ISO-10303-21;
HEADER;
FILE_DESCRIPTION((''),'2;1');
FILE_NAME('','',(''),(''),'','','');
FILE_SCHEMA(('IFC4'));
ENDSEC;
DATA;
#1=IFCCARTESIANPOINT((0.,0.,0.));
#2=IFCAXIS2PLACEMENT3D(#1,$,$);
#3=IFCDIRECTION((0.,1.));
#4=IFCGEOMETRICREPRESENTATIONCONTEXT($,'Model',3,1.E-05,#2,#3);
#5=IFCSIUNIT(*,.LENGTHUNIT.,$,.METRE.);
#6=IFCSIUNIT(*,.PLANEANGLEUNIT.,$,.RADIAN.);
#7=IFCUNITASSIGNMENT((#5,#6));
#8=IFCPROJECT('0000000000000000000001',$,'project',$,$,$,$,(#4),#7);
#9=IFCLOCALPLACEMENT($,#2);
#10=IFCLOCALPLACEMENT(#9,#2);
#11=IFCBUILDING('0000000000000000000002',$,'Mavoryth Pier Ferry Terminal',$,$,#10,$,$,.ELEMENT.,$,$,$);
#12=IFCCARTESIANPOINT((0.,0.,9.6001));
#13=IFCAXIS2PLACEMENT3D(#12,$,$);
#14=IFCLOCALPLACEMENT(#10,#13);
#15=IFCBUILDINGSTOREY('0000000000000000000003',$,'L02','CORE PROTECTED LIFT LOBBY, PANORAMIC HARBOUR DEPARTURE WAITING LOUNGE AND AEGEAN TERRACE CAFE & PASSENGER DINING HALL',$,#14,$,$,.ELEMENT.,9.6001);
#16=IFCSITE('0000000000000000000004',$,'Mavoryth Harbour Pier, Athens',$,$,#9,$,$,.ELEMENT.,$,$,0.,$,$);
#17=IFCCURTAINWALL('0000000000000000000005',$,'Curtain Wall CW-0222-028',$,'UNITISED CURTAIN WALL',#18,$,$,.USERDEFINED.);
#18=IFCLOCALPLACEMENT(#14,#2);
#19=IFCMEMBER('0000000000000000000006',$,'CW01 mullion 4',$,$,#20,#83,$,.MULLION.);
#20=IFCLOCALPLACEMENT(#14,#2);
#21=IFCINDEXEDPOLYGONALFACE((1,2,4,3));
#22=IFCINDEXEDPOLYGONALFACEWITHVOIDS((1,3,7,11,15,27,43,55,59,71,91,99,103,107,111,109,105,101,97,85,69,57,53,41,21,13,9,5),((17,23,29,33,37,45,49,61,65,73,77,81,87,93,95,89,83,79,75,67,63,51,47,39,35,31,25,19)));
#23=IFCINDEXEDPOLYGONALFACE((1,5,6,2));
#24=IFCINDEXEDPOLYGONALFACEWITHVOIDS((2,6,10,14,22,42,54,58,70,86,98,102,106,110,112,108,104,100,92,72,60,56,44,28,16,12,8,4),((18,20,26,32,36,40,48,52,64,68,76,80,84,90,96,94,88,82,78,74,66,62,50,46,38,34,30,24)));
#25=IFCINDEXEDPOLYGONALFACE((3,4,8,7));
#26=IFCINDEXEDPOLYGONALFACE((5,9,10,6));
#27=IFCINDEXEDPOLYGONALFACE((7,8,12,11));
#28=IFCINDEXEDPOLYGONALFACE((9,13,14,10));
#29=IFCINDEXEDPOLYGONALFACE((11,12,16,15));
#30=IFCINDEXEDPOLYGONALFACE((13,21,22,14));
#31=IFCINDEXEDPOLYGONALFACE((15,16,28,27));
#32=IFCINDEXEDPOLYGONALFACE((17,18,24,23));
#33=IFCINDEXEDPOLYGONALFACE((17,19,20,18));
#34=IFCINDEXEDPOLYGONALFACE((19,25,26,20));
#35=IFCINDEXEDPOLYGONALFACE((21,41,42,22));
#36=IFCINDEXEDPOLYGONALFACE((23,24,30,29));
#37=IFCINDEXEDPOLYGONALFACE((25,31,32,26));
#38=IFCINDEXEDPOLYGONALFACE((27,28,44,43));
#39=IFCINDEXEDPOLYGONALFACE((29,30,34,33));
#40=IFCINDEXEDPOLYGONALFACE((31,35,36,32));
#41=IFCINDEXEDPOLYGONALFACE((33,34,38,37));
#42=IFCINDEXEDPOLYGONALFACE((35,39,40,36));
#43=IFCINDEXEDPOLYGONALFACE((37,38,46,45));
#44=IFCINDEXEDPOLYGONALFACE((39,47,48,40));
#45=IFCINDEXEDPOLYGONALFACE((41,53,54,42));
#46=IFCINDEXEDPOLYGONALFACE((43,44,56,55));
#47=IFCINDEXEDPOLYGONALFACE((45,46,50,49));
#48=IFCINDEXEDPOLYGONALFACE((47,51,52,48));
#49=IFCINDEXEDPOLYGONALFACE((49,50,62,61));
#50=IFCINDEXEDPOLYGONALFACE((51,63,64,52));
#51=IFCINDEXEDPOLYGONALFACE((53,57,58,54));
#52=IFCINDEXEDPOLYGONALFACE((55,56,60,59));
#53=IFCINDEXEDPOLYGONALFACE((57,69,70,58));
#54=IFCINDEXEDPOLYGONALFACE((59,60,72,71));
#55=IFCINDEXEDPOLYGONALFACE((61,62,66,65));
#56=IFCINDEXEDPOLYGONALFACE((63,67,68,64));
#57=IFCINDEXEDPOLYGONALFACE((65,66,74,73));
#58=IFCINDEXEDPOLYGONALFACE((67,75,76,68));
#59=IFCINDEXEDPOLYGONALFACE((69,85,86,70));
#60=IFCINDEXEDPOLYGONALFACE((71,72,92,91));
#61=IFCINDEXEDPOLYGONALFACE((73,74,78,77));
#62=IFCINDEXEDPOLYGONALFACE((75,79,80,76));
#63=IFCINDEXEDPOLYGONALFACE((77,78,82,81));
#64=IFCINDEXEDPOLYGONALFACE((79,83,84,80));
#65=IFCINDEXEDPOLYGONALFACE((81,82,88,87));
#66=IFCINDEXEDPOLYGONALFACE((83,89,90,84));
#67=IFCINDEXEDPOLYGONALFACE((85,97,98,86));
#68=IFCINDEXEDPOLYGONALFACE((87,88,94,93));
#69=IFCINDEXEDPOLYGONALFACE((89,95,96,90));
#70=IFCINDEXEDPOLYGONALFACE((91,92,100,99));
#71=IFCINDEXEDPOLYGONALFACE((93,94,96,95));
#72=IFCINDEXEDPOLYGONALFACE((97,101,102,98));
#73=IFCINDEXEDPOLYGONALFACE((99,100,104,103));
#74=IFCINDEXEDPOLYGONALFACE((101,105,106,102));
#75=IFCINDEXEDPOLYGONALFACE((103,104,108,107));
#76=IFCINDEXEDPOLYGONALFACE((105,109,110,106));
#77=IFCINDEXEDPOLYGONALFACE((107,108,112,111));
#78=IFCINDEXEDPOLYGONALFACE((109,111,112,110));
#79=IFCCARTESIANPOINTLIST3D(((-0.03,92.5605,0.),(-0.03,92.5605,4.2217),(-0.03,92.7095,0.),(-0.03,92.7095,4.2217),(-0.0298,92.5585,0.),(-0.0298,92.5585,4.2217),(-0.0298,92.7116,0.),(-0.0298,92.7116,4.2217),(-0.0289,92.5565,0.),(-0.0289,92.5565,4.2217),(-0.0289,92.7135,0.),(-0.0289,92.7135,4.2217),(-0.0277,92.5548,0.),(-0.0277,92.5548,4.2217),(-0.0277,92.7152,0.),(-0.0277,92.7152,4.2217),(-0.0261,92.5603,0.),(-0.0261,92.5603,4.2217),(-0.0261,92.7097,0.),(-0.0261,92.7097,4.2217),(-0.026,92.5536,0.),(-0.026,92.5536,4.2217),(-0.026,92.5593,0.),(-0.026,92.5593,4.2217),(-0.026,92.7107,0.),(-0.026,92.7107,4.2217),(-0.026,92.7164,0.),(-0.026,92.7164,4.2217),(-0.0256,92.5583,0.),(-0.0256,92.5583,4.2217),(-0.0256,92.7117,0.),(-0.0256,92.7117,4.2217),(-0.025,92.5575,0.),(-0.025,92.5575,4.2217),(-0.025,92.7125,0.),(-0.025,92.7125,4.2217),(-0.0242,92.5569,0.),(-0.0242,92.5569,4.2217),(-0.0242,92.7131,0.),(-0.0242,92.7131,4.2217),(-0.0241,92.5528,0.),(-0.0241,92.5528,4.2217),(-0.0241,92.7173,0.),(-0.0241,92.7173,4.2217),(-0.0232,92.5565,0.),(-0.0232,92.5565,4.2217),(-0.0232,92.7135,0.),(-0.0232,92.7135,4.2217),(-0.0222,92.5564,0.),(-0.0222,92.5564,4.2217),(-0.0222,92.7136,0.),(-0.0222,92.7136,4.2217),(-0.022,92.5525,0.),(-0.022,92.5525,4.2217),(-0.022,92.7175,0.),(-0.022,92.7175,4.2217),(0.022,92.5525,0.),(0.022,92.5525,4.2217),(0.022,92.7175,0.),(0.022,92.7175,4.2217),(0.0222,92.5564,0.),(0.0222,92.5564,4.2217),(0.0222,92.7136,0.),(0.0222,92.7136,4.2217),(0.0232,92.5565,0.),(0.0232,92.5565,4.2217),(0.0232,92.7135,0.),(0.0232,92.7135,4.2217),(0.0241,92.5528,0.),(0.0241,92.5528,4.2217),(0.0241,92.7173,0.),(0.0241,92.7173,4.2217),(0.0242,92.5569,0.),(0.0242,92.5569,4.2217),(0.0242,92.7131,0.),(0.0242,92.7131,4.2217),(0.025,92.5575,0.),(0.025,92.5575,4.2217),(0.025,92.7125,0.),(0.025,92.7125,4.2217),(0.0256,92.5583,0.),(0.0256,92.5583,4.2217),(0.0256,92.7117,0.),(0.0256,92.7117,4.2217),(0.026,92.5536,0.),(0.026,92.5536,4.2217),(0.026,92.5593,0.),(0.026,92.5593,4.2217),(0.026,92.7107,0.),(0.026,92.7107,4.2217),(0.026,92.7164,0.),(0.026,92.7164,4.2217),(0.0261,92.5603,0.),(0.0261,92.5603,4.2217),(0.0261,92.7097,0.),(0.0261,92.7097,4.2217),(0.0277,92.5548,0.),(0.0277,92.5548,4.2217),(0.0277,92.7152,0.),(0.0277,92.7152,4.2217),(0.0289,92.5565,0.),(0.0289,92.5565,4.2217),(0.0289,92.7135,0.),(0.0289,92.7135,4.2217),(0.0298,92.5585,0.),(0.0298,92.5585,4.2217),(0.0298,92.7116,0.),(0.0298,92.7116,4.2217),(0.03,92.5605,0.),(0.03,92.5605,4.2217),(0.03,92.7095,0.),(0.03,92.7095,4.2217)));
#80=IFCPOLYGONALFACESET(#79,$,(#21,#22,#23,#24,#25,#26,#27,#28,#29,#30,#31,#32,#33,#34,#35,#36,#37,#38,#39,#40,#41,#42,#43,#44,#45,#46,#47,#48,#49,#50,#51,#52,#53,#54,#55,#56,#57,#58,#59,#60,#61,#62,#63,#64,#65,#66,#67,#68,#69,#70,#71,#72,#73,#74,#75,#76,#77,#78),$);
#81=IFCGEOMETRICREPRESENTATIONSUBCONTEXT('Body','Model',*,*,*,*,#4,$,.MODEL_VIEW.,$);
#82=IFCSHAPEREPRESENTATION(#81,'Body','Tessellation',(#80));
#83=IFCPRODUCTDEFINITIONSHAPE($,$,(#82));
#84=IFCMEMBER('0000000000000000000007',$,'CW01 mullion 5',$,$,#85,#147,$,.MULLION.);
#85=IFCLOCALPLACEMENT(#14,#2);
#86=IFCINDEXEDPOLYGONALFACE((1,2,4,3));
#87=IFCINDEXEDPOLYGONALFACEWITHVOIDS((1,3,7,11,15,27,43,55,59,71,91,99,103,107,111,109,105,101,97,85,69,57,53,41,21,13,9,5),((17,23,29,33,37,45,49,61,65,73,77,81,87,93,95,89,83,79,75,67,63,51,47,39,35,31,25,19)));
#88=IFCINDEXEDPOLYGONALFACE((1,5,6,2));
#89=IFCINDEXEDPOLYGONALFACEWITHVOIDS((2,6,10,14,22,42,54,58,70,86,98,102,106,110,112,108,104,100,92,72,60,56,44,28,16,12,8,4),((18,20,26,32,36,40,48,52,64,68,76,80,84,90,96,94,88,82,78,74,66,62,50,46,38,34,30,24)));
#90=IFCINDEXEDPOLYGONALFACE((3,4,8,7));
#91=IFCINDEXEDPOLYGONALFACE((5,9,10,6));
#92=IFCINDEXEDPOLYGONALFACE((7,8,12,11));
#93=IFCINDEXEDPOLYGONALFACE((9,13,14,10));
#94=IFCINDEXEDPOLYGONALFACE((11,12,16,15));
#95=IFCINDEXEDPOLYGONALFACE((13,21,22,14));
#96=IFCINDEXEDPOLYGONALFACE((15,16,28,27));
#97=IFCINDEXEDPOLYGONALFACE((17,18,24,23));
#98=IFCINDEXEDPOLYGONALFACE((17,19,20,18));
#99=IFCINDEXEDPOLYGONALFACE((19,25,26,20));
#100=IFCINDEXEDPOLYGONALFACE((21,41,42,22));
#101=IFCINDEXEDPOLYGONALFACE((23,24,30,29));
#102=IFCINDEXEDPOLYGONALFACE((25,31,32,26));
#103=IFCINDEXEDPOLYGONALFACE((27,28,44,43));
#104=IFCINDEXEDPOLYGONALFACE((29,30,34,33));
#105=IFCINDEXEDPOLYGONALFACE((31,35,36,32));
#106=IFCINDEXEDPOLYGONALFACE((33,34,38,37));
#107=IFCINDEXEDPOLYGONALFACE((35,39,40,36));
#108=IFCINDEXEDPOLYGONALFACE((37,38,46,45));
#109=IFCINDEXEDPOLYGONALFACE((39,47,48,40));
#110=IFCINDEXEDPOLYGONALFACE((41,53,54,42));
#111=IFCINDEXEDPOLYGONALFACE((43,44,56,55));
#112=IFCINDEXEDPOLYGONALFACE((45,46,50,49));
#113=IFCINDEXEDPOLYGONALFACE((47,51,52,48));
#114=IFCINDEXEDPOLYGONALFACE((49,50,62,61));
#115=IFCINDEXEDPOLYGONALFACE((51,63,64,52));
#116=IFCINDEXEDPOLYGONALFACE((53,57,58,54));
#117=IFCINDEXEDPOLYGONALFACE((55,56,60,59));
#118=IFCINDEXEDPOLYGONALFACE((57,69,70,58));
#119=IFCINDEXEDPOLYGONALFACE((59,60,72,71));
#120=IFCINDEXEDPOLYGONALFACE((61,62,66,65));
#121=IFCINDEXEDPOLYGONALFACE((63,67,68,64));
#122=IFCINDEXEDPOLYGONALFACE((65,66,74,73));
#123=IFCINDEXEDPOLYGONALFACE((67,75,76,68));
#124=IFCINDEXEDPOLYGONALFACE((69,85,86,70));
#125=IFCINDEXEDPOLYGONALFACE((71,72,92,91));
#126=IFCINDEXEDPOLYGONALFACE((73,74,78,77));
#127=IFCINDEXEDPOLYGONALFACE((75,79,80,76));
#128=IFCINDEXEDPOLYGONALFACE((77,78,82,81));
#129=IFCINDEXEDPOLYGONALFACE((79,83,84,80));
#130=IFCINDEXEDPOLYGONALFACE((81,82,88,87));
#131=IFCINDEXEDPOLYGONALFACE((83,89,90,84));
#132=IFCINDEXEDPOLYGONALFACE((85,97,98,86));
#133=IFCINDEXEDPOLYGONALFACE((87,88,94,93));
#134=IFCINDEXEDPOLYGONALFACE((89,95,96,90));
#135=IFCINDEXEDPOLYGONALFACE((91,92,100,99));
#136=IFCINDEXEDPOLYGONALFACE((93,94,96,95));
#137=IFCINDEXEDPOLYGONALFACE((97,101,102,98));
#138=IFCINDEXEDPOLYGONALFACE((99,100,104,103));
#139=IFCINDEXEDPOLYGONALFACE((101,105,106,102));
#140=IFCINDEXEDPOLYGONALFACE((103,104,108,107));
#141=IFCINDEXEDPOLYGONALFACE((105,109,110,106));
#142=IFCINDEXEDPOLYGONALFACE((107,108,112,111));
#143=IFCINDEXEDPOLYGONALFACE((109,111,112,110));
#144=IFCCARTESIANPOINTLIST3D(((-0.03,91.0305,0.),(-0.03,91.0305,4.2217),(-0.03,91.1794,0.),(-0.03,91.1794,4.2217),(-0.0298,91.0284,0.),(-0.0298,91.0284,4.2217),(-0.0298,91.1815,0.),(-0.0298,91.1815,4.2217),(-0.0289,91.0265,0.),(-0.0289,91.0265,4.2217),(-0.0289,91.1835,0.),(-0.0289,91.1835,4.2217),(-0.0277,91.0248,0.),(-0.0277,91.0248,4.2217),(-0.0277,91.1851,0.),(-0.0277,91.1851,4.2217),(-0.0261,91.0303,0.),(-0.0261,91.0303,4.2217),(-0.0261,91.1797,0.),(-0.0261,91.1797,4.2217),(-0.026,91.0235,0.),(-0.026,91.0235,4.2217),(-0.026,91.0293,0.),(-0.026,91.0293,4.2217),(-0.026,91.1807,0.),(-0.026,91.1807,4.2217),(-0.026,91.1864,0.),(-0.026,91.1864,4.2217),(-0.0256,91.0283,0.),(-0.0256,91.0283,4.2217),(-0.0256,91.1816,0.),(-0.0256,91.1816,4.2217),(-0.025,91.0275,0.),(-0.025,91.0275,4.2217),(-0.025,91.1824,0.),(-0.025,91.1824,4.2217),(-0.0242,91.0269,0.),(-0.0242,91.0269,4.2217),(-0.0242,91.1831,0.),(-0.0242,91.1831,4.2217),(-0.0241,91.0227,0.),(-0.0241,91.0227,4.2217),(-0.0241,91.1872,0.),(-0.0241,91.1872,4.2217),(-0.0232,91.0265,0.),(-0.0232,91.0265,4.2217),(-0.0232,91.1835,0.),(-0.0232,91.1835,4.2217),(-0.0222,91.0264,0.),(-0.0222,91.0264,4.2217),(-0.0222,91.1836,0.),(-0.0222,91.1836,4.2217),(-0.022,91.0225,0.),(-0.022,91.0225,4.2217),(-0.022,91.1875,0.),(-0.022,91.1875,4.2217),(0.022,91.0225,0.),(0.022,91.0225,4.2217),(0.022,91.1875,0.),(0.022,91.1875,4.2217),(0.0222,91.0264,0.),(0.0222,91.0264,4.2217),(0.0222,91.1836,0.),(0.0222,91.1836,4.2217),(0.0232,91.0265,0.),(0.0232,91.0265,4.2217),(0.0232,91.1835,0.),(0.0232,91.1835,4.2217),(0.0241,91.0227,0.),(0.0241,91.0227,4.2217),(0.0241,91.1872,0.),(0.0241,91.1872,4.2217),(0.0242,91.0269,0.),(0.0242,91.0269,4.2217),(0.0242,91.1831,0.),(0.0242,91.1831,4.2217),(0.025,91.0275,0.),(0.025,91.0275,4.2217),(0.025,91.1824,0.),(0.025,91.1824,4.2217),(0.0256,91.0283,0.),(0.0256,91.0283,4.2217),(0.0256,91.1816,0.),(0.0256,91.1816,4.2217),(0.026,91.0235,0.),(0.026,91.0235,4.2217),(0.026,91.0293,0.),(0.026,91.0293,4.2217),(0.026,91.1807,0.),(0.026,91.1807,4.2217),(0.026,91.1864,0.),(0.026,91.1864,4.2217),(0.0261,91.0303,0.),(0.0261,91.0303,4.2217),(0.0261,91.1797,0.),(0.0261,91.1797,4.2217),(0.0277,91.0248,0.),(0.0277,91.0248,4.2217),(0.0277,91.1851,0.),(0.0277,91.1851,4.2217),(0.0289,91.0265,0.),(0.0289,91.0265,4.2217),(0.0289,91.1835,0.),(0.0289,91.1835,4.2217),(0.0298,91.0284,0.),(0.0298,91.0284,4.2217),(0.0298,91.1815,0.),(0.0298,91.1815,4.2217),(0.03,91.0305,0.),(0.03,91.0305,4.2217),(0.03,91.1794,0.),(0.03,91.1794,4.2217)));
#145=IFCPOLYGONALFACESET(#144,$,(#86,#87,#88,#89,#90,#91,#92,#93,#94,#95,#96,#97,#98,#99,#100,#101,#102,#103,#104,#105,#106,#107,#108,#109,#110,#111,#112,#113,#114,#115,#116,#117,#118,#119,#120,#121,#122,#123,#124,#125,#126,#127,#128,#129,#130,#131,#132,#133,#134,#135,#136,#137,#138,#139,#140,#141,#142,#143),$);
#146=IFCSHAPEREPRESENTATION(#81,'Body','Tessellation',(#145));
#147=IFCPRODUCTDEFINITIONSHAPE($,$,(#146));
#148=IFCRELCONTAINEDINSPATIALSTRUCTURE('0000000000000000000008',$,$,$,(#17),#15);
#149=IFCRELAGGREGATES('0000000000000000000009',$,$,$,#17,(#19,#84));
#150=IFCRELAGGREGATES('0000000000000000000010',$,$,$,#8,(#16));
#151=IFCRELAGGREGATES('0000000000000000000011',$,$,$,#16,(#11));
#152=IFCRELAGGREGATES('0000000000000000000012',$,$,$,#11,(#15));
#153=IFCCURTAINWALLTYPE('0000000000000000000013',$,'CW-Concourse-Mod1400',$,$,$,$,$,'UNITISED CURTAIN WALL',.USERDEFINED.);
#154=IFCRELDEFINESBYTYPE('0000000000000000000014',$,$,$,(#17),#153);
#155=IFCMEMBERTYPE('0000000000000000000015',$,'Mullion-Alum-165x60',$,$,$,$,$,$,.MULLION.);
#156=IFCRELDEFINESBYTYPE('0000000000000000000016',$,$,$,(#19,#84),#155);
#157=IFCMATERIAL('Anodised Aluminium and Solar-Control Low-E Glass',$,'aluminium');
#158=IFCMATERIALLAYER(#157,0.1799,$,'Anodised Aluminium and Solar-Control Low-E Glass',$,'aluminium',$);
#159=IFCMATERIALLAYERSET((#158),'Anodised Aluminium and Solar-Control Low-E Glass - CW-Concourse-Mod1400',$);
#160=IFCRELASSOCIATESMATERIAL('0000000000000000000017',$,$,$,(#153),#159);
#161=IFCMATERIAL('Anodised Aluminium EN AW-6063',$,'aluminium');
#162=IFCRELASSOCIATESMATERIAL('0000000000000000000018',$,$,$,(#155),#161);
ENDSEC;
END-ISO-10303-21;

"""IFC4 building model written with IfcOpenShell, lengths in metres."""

from ifc_helpers import new_model, si_unit, direction, frame, origin, origin_2d, place, context, subcontext, project, spatial, hollow_rectangle, extrude, material, layer, layer_set, material_profile, profile_set, type_object, element, aggregate, save


model = new_model("IFC4")

# Units and contexts
model_context = context("Model", 3, precision=1e-05, world=origin(), true_north=direction((0.0, 1.0)))
body_context = subcontext(model_context, "Body", "Model", "MODEL_VIEW")
ifc_project = project(units=[si_unit("LENGTHUNIT", "METRE"), si_unit("PLANEANGLEUNIT", "RADIAN")], contexts=[model_context])

# Site, building, storey
site_placement = place(None, origin())
site = spatial("IfcSite", under=ifc_project, at=site_placement, Name="Mavoryth Harbour Pier, Athens", CompositionType="ELEMENT", RefElevation=0.0)
building_placement = place(site_placement, origin())
building = spatial("IfcBuilding", under=site, at=building_placement, Name="Mavoryth Pier Ferry Terminal", CompositionType="ELEMENT")
storey_placement = place(building_placement, frame((0.0, 0.0, 9.6001)))
storey = spatial("IfcBuildingStorey", under=building, at=storey_placement, Name="L02", Description="CORE PROTECTED LIFT LOBBY, PANORAMIC HARBOUR DEPARTURE WAITING LOUNGE AND AEGEAN TERRACE CAFE & PASSENGER DINING HALL", CompositionType="ELEMENT", Elevation=9.6001)

# Shared definitions
ifc_material_1 = material(Name="Anodised Aluminium and Solar-Control Low-E Glass", Category="aluminium")
ifc_layer_1 = layer(ifc_material_1, 0.1799, Name="Anodised Aluminium and Solar-Control Low-E Glass", Category="aluminium")
ifc_layer_set_1 = layer_set([ifc_layer_1], Name="Anodised Aluminium and Solar-Control Low-E Glass - CW-Concourse-Mod1400")
curtain_wall_type = type_object("IfcCurtainWallType", Name="CW-Concourse-Mod1400", ElementType="UNITISED CURTAIN WALL", PredefinedType="USERDEFINED", material=ifc_layer_set_1)
ifc_material_2 = material(Name="Anodised Aluminium EN AW-6063", Category="aluminium")
ifc_material_profile_1 = material_profile(ifc_material_2, hollow_rectangle(XDim=0.0601, YDim=0.165, WallThickness=0.0039, InnerFilletRadius=0.0039, OuterFilletRadius=0.0081, at=origin_2d()), Name="AL-MULL 165x60x4", Category="aluminium")
ifc_profile_set_1 = profile_set([ifc_material_profile_1], Name="Anodised Aluminium EN AW-6063 - AL-MULL 165x60x4")
member_type_1 = type_object("IfcMemberType", Name="Mullion-Alum-165x60", PredefinedType="MULLION", material=ifc_profile_set_1)

# Curtain wall, members
curtain_wall_1_placement = place(storey_placement, origin())
curtain_wall_1 = element("IfcCurtainWall", 1, at=curtain_wall_1_placement, inside=storey, type_object=curtain_wall_type, Name="Curtain Wall CW-0222-028", ObjectType="UNITISED CURTAIN WALL", PredefinedType="USERDEFINED")
member_1_placement = place(storey_placement, frame((0.0, 92.635, 0.0), z_axis=(0.0, 0.0, 1.0), x_axis=(1.0, 0.0, 0.0)))
member_1 = element("IfcMember", 2, at=member_1_placement, type_object=member_type_1, Name="CW01 mullion 4", PredefinedType="MULLION", context=body_context, shape_type="SweptSolid", body=[
    extrude(hollow_rectangle(XDim=0.0601, YDim=0.165, WallThickness=0.0039, InnerFilletRadius=0.0039, OuterFilletRadius=0.0081, at=origin_2d()), origin(), (0.0, 0.0, 1.0), 4.2217),
])
member_2_placement = place(storey_placement, frame((0.0, 91.105, 0.0), z_axis=(0.0, 0.0, 1.0), x_axis=(1.0, 0.0, 0.0)))
member_2 = element("IfcMember", 3, at=member_2_placement, type_object=member_type_1, Name="CW01 mullion 5", PredefinedType="MULLION", context=body_context, shape_type="SweptSolid", body=[
    extrude(hollow_rectangle(XDim=0.0601, YDim=0.165, WallThickness=0.0039, InnerFilletRadius=0.0039, OuterFilletRadius=0.0081, at=origin_2d()), origin(), (0.0, 0.0, 1.0), 4.2217),
])

aggregate(curtain_wall_1, [member_1, member_2])

save(model, "model.ifc")
